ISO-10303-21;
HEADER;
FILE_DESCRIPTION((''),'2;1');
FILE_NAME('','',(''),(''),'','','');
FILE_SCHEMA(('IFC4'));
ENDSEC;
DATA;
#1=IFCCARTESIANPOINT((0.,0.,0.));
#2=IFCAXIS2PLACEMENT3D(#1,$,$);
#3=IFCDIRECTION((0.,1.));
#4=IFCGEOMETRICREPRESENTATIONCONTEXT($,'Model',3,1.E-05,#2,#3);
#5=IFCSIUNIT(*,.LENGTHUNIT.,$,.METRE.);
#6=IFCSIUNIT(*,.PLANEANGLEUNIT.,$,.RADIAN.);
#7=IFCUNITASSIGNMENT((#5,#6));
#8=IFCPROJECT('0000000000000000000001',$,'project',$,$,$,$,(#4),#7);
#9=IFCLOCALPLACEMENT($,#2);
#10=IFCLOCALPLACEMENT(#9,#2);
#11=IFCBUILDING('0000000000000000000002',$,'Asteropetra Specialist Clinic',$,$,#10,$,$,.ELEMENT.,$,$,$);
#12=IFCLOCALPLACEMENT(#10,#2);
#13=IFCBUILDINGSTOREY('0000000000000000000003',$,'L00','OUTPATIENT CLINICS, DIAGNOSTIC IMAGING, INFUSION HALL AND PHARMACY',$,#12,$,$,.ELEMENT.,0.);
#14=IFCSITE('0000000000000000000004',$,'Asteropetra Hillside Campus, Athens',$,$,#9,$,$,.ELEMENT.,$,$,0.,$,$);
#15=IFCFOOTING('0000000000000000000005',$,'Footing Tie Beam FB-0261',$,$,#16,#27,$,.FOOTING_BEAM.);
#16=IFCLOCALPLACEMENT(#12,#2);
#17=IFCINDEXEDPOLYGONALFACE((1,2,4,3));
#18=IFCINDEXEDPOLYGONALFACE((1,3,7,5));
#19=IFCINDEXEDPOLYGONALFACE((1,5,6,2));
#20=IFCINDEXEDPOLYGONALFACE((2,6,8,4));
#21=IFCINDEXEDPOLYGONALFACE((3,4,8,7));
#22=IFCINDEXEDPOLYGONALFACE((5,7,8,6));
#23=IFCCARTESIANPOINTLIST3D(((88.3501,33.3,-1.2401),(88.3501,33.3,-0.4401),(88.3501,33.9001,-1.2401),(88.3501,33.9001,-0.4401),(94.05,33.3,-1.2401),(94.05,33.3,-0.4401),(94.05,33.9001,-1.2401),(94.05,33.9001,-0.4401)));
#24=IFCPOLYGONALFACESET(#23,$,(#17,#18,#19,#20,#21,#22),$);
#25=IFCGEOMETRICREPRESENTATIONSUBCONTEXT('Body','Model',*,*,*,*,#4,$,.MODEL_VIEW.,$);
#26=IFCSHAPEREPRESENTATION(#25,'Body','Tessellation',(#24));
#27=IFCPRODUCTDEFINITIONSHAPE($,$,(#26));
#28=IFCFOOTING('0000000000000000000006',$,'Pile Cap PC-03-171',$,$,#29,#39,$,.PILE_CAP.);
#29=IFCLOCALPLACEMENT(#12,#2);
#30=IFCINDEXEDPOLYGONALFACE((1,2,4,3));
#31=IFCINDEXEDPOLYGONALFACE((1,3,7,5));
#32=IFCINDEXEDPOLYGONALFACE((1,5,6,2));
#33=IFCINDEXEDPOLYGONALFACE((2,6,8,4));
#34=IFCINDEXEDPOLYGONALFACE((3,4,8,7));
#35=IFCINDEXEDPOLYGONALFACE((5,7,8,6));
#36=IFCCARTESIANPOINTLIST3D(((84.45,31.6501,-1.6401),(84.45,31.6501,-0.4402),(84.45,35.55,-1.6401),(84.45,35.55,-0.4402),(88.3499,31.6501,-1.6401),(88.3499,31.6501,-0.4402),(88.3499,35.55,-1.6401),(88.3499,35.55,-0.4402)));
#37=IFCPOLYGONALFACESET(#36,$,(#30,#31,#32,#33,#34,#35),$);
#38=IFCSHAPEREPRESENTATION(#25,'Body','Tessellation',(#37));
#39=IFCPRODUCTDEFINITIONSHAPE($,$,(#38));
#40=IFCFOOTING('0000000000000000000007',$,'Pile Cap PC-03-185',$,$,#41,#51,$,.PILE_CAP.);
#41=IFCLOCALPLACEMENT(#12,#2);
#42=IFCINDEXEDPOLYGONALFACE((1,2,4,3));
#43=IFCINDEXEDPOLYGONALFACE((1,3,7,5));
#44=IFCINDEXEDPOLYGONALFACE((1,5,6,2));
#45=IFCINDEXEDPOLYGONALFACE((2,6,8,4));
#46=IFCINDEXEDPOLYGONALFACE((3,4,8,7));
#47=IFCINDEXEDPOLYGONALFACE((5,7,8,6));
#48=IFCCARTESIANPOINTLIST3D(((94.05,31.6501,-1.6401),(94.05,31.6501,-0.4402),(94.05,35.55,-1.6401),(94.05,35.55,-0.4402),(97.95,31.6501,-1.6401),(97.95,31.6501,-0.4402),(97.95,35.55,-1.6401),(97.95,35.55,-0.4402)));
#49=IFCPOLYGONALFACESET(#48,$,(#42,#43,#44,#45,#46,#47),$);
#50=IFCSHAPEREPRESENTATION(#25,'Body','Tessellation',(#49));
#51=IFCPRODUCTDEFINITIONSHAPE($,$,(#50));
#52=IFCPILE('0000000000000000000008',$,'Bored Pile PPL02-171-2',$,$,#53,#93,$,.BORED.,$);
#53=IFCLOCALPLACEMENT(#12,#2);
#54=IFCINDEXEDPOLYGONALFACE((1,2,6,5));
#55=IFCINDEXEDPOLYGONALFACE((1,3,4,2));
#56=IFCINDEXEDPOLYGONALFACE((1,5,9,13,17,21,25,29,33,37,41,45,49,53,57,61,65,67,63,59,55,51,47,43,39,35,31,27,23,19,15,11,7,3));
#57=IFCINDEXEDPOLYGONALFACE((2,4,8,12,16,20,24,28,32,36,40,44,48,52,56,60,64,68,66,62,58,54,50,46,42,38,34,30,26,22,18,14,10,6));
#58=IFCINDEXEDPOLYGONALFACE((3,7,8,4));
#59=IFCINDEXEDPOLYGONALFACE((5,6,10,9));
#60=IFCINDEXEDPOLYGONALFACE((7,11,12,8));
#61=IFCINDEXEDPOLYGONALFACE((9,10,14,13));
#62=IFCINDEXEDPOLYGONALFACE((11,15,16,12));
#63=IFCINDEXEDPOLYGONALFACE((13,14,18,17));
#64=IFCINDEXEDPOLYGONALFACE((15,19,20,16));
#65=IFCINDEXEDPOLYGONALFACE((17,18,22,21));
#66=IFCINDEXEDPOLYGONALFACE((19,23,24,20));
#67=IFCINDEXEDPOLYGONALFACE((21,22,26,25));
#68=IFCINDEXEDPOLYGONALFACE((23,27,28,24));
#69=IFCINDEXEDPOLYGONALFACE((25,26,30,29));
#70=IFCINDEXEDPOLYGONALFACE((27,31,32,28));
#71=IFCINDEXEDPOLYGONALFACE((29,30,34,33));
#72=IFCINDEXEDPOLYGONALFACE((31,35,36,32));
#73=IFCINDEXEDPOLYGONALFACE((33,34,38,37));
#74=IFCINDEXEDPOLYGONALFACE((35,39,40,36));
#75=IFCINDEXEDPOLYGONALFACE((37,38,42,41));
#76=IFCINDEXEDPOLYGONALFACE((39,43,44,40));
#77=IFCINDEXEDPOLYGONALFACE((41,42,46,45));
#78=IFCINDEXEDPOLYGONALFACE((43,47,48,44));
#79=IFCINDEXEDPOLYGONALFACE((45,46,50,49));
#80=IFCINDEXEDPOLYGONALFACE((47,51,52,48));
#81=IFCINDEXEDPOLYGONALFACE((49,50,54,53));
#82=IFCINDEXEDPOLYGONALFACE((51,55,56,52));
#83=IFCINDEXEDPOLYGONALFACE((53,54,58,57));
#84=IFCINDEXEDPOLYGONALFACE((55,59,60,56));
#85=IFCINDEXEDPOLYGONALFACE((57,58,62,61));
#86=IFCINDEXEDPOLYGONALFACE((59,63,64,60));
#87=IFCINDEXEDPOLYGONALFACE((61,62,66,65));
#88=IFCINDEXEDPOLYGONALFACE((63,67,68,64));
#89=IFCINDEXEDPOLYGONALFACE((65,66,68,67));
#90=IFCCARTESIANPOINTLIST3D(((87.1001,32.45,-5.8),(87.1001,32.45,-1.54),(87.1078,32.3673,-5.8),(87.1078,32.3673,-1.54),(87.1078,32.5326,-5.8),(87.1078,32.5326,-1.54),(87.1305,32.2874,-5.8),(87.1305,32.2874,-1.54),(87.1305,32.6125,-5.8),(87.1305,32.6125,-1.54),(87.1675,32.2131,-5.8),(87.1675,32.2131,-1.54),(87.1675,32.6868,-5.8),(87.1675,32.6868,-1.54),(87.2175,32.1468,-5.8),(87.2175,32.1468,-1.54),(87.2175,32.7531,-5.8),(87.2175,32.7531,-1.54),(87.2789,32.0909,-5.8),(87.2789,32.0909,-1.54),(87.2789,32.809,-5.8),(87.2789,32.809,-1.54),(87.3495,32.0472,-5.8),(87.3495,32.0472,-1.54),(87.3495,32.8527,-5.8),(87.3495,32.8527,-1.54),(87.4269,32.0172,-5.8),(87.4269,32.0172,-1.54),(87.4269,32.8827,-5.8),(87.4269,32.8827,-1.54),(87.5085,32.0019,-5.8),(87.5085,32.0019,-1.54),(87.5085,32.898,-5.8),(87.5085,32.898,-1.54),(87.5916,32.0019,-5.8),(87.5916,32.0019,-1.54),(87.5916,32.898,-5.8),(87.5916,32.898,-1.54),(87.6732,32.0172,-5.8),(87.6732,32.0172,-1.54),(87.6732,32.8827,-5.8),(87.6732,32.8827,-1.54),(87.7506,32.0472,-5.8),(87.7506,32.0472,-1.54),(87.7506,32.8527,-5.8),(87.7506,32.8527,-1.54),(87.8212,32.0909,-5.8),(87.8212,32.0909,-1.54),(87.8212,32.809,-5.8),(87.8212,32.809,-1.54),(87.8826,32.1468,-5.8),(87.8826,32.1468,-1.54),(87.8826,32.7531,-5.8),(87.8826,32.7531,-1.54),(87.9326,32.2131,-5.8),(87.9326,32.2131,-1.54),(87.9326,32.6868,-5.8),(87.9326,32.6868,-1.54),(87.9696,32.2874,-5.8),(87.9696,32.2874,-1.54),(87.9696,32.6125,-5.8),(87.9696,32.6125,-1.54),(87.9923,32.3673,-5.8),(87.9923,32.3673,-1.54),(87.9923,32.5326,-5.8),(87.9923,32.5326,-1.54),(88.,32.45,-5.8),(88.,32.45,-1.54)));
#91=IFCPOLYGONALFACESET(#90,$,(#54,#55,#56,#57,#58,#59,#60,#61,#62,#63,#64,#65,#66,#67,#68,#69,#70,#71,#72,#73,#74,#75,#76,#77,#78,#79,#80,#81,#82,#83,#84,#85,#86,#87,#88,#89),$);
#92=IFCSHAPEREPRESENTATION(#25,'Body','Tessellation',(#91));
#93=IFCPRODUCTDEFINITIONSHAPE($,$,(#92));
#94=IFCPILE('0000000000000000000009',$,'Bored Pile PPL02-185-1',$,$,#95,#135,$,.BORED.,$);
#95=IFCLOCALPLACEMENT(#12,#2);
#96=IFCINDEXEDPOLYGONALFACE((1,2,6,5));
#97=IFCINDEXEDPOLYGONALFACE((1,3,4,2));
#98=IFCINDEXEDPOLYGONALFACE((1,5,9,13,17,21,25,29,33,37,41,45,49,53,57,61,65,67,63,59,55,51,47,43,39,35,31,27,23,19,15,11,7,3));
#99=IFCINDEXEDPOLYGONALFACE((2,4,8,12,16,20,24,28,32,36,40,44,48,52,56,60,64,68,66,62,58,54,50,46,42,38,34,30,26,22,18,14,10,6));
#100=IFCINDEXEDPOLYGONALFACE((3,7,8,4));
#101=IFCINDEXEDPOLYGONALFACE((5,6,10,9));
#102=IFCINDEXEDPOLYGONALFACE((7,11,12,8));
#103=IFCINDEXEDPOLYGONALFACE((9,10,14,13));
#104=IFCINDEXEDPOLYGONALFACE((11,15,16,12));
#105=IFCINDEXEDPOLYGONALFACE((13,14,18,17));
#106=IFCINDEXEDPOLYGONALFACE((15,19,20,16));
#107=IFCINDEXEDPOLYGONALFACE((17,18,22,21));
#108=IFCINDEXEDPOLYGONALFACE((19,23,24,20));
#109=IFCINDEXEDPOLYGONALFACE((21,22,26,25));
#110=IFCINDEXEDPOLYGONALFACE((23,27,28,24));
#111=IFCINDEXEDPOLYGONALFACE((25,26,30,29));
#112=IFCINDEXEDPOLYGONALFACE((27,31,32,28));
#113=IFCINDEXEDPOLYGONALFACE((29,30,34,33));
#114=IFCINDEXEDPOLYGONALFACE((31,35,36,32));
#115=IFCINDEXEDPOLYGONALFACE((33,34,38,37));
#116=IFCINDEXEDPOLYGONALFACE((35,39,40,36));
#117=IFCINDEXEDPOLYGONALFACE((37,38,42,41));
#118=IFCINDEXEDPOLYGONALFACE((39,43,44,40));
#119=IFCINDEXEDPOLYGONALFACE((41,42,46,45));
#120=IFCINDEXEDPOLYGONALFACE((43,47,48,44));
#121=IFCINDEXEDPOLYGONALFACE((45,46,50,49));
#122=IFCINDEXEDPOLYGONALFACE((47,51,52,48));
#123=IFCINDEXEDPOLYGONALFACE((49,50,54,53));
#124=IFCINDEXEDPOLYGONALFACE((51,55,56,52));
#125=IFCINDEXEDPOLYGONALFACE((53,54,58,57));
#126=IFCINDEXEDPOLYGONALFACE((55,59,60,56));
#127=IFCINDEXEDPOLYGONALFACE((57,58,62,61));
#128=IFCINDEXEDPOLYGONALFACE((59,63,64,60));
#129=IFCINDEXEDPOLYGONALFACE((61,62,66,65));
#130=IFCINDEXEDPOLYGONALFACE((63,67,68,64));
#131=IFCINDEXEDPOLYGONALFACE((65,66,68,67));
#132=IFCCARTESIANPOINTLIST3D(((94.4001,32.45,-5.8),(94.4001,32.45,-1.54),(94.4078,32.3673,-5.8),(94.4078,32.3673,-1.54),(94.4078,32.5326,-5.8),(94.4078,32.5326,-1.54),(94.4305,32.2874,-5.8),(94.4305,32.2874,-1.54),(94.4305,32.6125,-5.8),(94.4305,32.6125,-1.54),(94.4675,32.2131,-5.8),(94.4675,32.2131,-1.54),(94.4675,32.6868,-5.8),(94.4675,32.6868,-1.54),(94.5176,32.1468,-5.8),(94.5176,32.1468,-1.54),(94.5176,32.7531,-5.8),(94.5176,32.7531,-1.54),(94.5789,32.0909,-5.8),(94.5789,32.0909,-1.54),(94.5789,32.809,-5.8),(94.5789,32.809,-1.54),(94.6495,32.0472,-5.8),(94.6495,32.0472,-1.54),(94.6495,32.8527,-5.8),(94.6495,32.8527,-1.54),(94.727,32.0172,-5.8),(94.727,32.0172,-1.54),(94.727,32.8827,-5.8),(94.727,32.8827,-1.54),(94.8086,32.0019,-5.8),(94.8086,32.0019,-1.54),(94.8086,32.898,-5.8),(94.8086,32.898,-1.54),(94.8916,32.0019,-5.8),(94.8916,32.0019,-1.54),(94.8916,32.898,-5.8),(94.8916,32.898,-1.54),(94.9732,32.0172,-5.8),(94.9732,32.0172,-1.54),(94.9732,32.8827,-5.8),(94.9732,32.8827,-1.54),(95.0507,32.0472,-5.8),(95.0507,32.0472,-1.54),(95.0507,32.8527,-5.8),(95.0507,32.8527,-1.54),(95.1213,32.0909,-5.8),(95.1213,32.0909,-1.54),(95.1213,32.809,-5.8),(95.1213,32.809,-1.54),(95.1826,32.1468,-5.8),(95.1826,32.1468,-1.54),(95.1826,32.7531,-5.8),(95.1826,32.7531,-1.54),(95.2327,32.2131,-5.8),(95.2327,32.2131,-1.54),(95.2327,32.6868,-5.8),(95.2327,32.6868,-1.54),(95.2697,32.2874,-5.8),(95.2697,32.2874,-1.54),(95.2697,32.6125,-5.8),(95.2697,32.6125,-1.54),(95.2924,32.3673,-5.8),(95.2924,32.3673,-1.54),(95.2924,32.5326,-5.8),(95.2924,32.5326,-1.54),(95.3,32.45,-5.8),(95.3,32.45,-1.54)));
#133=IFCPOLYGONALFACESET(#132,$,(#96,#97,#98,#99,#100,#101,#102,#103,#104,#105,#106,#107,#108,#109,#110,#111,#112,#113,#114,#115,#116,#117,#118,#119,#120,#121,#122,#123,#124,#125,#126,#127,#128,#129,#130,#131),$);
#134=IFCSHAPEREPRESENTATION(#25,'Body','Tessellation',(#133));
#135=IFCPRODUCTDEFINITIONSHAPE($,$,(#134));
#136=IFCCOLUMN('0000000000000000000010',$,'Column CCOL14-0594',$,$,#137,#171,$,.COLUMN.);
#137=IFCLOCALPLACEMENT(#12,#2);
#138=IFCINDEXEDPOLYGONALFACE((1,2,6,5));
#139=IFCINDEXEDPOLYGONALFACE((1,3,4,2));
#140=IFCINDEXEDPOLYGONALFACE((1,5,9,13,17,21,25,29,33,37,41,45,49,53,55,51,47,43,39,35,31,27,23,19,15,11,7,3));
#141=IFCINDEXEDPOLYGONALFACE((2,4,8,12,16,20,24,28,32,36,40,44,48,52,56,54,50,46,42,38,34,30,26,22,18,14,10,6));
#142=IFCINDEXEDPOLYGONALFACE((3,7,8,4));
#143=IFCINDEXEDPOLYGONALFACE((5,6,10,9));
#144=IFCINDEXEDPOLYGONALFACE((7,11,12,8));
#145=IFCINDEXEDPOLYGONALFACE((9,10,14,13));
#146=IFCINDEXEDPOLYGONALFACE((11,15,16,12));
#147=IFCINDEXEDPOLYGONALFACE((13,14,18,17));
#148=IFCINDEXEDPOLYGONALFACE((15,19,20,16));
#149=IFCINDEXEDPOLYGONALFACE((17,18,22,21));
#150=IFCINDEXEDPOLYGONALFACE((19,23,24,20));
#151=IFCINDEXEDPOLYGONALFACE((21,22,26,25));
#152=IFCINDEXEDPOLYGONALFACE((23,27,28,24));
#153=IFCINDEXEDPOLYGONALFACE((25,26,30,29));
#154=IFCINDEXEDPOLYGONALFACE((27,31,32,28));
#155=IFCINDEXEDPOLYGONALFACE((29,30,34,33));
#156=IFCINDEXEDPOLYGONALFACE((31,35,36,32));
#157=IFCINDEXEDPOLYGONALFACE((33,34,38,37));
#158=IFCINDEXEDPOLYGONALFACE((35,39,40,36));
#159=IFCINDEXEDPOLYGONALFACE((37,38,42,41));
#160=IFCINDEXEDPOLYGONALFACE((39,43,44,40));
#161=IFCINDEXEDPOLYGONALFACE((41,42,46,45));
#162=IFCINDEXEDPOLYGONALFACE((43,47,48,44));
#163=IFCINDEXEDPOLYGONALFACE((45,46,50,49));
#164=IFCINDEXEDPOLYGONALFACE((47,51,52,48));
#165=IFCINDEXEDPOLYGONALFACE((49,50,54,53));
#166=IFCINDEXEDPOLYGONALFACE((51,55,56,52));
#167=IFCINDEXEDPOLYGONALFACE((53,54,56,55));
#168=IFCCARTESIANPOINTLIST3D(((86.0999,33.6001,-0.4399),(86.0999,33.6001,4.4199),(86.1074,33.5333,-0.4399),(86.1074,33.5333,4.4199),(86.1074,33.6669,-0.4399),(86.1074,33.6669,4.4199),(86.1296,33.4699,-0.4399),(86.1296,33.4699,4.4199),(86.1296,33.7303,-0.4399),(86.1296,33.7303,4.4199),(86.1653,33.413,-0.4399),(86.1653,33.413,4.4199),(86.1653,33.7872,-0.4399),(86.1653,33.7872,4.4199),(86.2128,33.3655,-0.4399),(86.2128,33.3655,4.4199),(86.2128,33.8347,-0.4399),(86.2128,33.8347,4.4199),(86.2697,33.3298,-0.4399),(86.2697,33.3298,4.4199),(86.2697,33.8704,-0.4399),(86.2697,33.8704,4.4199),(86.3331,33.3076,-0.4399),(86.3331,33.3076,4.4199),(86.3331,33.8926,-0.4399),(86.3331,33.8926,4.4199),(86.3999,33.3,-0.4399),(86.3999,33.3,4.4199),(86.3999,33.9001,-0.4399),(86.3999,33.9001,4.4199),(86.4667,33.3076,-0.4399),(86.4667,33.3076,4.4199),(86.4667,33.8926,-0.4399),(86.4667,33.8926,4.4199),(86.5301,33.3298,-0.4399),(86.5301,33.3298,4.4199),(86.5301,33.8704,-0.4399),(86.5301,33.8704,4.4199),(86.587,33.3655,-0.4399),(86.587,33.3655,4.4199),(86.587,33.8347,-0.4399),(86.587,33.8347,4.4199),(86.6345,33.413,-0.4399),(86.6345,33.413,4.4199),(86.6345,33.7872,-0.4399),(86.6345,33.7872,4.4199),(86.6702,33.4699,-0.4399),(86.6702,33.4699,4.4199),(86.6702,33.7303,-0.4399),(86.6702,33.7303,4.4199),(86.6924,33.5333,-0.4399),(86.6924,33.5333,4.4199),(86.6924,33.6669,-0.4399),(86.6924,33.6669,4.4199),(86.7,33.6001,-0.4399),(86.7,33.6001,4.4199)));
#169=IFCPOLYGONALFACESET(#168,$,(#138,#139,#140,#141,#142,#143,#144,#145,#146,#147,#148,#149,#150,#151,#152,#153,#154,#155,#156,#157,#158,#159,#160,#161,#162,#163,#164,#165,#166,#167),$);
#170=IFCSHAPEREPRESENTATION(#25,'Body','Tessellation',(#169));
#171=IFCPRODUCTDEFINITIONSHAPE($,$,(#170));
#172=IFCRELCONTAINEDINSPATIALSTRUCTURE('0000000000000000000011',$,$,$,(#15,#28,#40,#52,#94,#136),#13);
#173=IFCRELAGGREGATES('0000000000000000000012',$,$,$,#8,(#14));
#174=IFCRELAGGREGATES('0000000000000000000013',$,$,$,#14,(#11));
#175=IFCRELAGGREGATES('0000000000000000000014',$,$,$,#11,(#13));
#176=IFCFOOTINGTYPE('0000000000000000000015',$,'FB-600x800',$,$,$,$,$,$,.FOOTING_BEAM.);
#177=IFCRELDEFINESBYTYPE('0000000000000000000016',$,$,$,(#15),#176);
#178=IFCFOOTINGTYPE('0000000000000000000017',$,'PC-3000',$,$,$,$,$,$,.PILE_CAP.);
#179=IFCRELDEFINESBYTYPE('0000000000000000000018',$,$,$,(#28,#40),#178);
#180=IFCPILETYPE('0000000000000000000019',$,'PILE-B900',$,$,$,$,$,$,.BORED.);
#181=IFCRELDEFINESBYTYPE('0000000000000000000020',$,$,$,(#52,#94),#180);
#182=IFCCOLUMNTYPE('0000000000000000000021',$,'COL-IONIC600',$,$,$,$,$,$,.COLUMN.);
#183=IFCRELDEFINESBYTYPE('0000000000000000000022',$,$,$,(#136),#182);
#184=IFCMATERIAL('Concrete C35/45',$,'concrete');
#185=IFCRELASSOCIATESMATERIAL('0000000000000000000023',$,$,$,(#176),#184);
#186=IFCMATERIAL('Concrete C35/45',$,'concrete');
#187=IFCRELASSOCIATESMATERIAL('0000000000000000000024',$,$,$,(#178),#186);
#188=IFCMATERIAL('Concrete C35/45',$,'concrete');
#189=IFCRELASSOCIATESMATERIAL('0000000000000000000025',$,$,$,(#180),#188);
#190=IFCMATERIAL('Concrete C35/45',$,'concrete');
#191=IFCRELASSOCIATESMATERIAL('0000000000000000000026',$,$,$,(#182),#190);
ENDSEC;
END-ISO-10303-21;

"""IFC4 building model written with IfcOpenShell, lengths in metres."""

from ifc_helpers import new_model, si_unit, direction, frame, origin, origin_2d, place, context, subcontext, project, spatial, rectangle, circle, extrude, material, material_profile, profile_set, type_object, element, save


model = new_model("IFC4")

# Units and contexts
model_context = context("Model", 3, precision=1e-05, world=origin(), true_north=direction((0.0, 1.0)))
body_context = subcontext(model_context, "Body", "Model", "MODEL_VIEW")
ifc_project = project(units=[si_unit("LENGTHUNIT", "METRE"), si_unit("PLANEANGLEUNIT", "RADIAN")], contexts=[model_context])

# Site, building, storey
site_placement = place(None, origin())
site = spatial("IfcSite", under=ifc_project, at=site_placement, Name="Asteropetra Hillside Campus, Athens", CompositionType="ELEMENT", RefElevation=0.0)
building_placement = place(site_placement, origin())
building = spatial("IfcBuilding", under=site, at=building_placement, Name="Asteropetra Specialist Clinic", CompositionType="ELEMENT")
storey_placement = place(building_placement, origin())
storey = spatial("IfcBuildingStorey", under=building, at=storey_placement, Name="L00", Description="OUTPATIENT CLINICS, DIAGNOSTIC IMAGING, INFUSION HALL AND PHARMACY", CompositionType="ELEMENT", Elevation=0.0)

# Footings
ifc_material_1 = material(Name="Concrete C35/45", Category="concrete")
ifc_material_profile_1 = material_profile(ifc_material_1, rectangle(XDim=0.6001, YDim=0.8, at=origin_2d()), Name="FB 600x800")
ifc_profile_set_1 = profile_set([ifc_material_profile_1], Name="Concrete C35/45")
footing_type_1 = type_object("IfcFootingType", Name="FB-600x800", PredefinedType="FOOTING_BEAM", material=ifc_profile_set_1)
footing_placement = place(storey_placement, frame((88.3501, 33.6001, -0.8401), z_axis=(1.0, 0.0, 0.0), x_axis=(0.0, 1.0, 0.0)))
element("IfcFooting", 1, at=footing_placement, inside=storey, type_object=footing_type_1, Name="Footing Tie Beam FB-0261", PredefinedType="FOOTING_BEAM", context=body_context, shape_type="SweptSolid", body=[
    extrude(rectangle(XDim=0.6001, YDim=0.8, at=origin_2d()), origin(), (0.0, 0.0, 1.0), 5.7),
])
ifc_material_2 = material(Name="Concrete C35/45", Category="concrete")
footing_type_2 = type_object("IfcFootingType", Name="PC-3000", PredefinedType="PILE_CAP", material=ifc_material_2)
for number, where, z_axis, x_axis, name in (
    (2, (86.3999, 33.6001, -1.6401), (0.0, 0.0, 1.0), (1.0, 0.0, 0.0), "Pile Cap PC-03-171"),
    (3, (96.0, 33.6001, -1.6401), (0.0, 0.0, 1.0), (1.0, 0.0, 0.0), "Pile Cap PC-03-185"),
):
    element("IfcFooting", number, at=place(storey_placement, frame(where, z_axis=z_axis, x_axis=x_axis)), inside=storey, type_object=footing_type_2, Name=name, PredefinedType="PILE_CAP", context=body_context, shape_type="SweptSolid", body=[
        extrude(rectangle(XDim=3.8999, YDim=3.8999, at=origin_2d()), origin(), (0.0, 0.0, 1.0), 1.2),
    ])

# Piles
ifc_material_3 = material(Name="Concrete C35/45", Category="concrete")
ifc_material_profile_2 = material_profile(ifc_material_3, circle(Radius=0.45, at=origin_2d()), Name="PILE D900")
ifc_profile_set_2 = profile_set([ifc_material_profile_2], Name="Concrete C35/45")
pile_type = type_object("IfcPileType", Name="PILE-B900", PredefinedType="BORED", material=ifc_profile_set_2)
for number, where, z_axis, x_axis, name in (
    (4, (87.55, 32.45, -1.54), (0.0, 0.0, -1.0), (1.0, 0.0, 0.0), "Bored Pile PPL02-171-2"),
    (5, (94.8501, 32.45, -1.54), (0.0, 0.0, -1.0), (1.0, 0.0, 0.0), "Bored Pile PPL02-185-1"),
):
    element("IfcPile", number, at=place(storey_placement, frame(where, z_axis=z_axis, x_axis=x_axis)), inside=storey, type_object=pile_type, Name=name, PredefinedType="BORED", context=body_context, shape_type="SweptSolid", body=[
        extrude(circle(Radius=0.45, at=origin_2d()), origin(), (0.0, 0.0, 1.0), 4.26),
    ])

# Column
ifc_material_4 = material(Name="Concrete C35/45", Category="concrete")
ifc_material_profile_3 = material_profile(ifc_material_4, circle(Radius=0.3, at=origin_2d()), Name="RCC D600")
ifc_profile_set_3 = profile_set([ifc_material_profile_3], Name="Concrete C35/45")
column_type = type_object("IfcColumnType", Name="COL-IONIC600", PredefinedType="COLUMN", material=ifc_profile_set_3)
for number, where, z_axis, x_axis, name in (
    (6, (86.3999, 33.6001, -0.4399), (0.0, 0.0, 1.0), (1.0, 0.0, 0.0), "Column CCOL14-0594"),
):
    element("IfcColumn", number, at=place(storey_placement, frame(where, z_axis=z_axis, x_axis=x_axis)), inside=storey, type_object=column_type, Name=name, PredefinedType="COLUMN", context=body_context, shape_type="SweptSolid", body=[
        extrude(circle(Radius=0.3, at=origin_2d()), origin(), (0.0, 0.0, 1.0), 4.8599),
    ])

save(model, "model.ifc")
